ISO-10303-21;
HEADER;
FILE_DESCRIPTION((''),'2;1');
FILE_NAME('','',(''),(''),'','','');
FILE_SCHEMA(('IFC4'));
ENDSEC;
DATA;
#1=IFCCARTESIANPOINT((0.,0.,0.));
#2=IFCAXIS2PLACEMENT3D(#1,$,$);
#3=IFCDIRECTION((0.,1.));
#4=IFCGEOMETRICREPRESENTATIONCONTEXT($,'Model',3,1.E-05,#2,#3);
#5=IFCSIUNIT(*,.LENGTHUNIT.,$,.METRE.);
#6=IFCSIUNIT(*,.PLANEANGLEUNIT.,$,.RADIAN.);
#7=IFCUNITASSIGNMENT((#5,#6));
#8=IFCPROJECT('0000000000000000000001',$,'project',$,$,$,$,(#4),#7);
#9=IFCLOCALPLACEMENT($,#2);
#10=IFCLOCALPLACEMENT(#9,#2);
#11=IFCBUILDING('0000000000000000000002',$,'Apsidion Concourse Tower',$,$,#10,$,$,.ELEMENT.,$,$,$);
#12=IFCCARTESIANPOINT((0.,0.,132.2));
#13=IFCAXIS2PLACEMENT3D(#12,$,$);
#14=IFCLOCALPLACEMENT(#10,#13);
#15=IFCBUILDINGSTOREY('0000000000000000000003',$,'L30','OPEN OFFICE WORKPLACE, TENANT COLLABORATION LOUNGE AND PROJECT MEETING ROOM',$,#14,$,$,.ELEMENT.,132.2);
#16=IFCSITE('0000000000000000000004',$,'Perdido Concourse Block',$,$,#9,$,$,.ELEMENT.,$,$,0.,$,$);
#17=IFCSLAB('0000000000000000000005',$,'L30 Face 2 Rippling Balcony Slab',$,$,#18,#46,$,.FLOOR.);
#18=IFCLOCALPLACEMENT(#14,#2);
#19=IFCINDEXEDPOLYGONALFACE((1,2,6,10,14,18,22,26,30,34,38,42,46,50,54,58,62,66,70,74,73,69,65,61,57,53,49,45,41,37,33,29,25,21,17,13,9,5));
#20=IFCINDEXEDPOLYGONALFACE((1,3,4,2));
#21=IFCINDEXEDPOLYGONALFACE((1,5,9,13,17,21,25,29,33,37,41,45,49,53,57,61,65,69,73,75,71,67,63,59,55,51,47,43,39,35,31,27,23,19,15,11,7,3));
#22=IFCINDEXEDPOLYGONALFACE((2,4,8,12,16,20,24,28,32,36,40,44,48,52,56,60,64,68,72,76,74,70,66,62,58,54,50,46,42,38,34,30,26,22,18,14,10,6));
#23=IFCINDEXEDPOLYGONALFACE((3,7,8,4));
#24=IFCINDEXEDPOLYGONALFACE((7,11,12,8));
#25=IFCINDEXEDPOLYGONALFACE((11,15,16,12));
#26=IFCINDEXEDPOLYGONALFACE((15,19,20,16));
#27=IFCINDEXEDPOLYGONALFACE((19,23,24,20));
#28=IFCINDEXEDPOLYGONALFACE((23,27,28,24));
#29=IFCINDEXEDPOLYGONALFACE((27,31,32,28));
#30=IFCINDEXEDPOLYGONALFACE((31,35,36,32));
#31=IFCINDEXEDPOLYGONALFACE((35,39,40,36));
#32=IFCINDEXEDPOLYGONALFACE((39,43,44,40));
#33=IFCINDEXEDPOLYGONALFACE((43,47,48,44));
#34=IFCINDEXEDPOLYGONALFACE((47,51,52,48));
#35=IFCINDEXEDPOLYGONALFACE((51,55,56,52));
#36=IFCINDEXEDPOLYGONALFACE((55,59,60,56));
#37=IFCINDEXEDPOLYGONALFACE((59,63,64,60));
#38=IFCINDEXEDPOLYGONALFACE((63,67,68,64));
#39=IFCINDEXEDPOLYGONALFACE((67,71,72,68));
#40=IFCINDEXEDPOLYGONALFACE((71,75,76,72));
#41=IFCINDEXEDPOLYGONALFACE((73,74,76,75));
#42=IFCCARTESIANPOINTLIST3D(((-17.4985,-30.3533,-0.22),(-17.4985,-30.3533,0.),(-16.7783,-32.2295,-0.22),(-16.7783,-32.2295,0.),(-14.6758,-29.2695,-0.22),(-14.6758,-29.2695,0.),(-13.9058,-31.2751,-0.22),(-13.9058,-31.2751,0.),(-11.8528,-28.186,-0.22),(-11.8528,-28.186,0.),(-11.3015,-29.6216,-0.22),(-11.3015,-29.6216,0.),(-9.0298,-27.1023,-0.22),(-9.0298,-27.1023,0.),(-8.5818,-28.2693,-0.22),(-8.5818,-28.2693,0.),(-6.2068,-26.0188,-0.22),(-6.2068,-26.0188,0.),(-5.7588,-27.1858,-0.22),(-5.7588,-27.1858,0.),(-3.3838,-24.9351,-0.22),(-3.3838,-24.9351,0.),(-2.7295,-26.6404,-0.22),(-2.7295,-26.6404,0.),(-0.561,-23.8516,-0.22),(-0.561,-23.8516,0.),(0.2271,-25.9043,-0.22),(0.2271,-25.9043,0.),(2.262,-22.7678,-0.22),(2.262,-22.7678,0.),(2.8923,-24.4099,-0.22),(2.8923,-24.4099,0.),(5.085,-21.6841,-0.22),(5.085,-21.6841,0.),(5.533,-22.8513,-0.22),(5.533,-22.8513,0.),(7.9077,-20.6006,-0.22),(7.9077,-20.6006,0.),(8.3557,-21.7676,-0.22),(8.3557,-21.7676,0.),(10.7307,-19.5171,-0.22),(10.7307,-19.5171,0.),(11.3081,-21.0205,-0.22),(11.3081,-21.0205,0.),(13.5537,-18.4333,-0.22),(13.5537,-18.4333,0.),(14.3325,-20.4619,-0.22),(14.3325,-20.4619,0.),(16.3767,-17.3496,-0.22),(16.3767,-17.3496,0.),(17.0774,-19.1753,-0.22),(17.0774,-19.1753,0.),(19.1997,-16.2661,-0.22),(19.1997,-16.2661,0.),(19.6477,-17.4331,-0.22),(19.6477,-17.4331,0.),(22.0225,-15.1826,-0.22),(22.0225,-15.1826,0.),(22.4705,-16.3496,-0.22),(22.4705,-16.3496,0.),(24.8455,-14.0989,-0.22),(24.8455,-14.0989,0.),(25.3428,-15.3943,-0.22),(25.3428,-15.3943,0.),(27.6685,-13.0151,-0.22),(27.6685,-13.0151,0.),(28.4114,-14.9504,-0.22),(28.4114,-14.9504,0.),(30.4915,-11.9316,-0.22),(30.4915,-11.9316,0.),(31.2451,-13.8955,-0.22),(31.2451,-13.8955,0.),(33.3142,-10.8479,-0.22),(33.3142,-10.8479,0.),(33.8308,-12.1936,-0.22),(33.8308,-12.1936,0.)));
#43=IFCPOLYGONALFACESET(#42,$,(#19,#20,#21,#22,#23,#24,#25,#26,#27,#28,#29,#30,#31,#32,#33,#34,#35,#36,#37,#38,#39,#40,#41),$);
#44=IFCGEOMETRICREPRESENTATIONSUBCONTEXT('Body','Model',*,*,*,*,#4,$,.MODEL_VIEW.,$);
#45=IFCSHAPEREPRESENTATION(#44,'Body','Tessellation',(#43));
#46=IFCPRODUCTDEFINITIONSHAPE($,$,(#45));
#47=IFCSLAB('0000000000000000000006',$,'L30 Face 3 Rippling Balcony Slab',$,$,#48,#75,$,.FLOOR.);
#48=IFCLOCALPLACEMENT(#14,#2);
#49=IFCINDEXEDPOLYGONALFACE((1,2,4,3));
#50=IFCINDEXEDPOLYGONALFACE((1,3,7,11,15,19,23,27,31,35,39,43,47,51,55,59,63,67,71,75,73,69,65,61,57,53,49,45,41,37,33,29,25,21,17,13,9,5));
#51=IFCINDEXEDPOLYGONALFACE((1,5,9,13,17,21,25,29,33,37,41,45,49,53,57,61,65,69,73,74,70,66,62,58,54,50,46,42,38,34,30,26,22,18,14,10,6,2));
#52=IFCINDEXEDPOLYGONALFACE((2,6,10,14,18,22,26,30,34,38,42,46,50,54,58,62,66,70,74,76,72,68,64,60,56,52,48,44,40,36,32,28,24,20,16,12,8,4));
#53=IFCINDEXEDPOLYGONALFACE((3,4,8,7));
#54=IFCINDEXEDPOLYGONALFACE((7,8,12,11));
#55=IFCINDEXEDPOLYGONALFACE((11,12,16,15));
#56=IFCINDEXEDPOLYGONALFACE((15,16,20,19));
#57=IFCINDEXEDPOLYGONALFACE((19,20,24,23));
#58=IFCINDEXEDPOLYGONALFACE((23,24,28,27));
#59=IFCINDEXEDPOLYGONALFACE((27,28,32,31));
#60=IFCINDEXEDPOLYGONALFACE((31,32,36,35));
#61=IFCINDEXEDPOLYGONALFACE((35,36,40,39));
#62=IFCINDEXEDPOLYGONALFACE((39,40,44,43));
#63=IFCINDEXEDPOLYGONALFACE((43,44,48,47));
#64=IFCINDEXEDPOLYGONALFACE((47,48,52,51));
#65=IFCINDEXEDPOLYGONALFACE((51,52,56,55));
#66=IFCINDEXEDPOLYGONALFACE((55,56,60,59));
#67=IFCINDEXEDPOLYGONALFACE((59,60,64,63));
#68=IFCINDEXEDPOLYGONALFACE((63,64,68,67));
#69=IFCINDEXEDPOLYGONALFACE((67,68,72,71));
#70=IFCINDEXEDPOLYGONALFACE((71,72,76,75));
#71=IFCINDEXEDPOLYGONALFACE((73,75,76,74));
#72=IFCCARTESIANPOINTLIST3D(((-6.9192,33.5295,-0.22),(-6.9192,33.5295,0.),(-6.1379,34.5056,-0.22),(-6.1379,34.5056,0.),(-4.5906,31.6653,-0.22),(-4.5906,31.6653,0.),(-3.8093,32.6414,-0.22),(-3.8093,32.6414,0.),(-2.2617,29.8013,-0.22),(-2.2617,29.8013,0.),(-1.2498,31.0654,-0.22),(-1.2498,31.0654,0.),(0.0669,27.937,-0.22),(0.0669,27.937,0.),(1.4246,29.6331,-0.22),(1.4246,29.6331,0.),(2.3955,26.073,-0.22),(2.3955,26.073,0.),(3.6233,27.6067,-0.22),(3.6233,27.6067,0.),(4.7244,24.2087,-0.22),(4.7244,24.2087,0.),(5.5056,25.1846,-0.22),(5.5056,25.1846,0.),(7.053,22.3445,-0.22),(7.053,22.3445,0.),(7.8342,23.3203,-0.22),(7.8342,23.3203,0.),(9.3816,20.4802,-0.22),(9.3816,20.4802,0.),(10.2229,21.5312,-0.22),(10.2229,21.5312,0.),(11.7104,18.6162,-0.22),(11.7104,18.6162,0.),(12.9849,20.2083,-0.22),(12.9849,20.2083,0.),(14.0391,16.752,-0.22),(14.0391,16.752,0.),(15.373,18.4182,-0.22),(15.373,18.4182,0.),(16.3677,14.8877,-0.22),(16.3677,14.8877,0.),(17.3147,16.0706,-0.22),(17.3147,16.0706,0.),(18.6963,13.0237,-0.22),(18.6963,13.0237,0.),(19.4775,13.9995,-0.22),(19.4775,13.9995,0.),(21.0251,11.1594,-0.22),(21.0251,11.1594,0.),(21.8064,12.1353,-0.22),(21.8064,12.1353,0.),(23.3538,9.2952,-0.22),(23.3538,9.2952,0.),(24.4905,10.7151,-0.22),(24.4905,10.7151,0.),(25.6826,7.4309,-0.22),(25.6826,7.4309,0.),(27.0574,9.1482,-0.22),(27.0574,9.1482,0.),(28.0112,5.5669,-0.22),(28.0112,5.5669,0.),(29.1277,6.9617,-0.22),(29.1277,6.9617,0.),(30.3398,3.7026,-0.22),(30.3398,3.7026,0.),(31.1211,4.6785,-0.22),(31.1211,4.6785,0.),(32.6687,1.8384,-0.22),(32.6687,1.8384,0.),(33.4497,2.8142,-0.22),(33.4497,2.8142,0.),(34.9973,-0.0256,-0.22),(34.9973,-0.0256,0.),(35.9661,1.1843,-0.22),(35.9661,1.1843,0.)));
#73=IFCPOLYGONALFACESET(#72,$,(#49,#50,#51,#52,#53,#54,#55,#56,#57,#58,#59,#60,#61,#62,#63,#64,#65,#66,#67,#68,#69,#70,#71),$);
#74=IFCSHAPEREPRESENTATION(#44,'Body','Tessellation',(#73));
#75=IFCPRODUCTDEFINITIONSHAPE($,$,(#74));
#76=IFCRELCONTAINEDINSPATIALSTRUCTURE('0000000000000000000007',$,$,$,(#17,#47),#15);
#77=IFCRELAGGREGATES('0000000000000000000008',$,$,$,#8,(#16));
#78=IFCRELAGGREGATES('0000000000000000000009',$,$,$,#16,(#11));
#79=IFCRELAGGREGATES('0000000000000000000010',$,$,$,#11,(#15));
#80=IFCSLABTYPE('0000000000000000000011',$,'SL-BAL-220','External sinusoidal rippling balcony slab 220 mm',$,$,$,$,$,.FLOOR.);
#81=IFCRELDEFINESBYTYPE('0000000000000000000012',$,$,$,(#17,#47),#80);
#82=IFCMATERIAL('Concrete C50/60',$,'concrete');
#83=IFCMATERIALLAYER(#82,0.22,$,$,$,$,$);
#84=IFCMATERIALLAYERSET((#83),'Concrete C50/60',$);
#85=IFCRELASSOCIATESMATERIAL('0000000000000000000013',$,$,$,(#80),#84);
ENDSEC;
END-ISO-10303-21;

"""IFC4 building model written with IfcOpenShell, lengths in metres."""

from ifc_helpers import new_model, si_unit, direction, frame, origin, place, context, subcontext, project, spatial, polyline, outline, extrude, material, layer, layer_set, type_object, element, save


model = new_model("IFC4")

# Units and contexts
model_context = context("Model", 3, precision=1e-05, world=origin(), true_north=direction((0.0, 1.0)))
body_context = subcontext(model_context, "Body", "Model", "MODEL_VIEW")
ifc_project = project(units=[si_unit("LENGTHUNIT", "METRE"), si_unit("PLANEANGLEUNIT", "RADIAN")], contexts=[model_context])

# Site, building, storey
site_placement = place(None, origin())
site = spatial("IfcSite", under=ifc_project, at=site_placement, Name="Perdido Concourse Block", CompositionType="ELEMENT", RefElevation=0.0)
building_placement = place(site_placement, origin())
building = spatial("IfcBuilding", under=site, at=building_placement, Name="Apsidion Concourse Tower", CompositionType="ELEMENT")
storey_placement = place(building_placement, frame((0.0, 0.0, 132.2)))
storey = spatial("IfcBuildingStorey", under=building, at=storey_placement, Name="L30", Description="OPEN OFFICE WORKPLACE, TENANT COLLABORATION LOUNGE AND PROJECT MEETING ROOM", CompositionType="ELEMENT", Elevation=132.2)

# Shared definitions
ifc_material_1 = material(Name="Concrete C50/60", Category="concrete")

# Slabs
ifc_layer_1 = layer(ifc_material_1, 0.22)
ifc_layer_set_1 = layer_set([ifc_layer_1], Name="Concrete C50/60")
slab_type_1 = type_object("IfcSlabType", Name="SL-BAL-220", Description="External sinusoidal rippling balcony slab 220 mm", PredefinedType="FLOOR", material=ifc_layer_set_1)
slab_1_placement = place(storey_placement, frame((0.0, 0.0, -0.22)))
element("IfcSlab", 1, at=slab_1_placement, inside=storey, type_object=slab_type_1, Name="L30 Face 2 Rippling Balcony Slab", PredefinedType="FLOOR", context=body_context, shape_type="SweptSolid", body=[
    extrude(outline(polyline([(-17.4985, -30.3533), (-14.6758, -29.2695), (-11.8528, -28.186), (-9.0298, -27.1023), (-6.2068, -26.0188), (-3.3838, -24.9351), (-0.561, -23.8516), (2.262, -22.7678), (5.085, -21.6841), (7.9077, -20.6006), (10.7307, -19.5171), (13.5537, -18.4333), (16.3767, -17.3496), (19.1997, -16.2661), (22.0225, -15.1826), (24.8455, -14.0989), (27.6685, -13.0151), (30.4915, -11.9316), (33.3142, -10.8479), (33.8308, -12.1936), (31.2451, -13.8955), (28.4114, -14.9504), (25.3428, -15.3943), (22.4705, -16.3496), (19.6477, -17.4331), (17.0774, -19.1753), (14.3325, -20.4619), (11.3081, -21.0205), (8.3557, -21.7676), (5.533, -22.8513), (2.8923, -24.4099), (0.2271, -25.9043), (-2.7295, -26.6404), (-5.7588, -27.1858), (-8.5818, -28.2693), (-11.3015, -29.6216), (-13.9058, -31.2751), (-16.7783, -32.2295), (-17.4985, -30.3533)])), origin(), (0.0, 0.0, 1.0), 0.22),
])
slab_2_placement = place(storey_placement, frame((0.0, 0.0, -0.22)))
element("IfcSlab", 2, at=slab_2_placement, inside=storey, type_object=slab_type_1, Name="L30 Face 3 Rippling Balcony Slab", PredefinedType="FLOOR", context=body_context, shape_type="SweptSolid", body=[
    extrude(outline(polyline([(34.9973, -0.0256), (32.6687, 1.8384), (30.3398, 3.7026), (28.0112, 5.5669), (25.6826, 7.4309), (23.3538, 9.2952), (21.0251, 11.1594), (18.6963, 13.0237), (16.3677, 14.8877), (14.0391, 16.752), (11.7104, 18.6162), (9.3816, 20.4802), (7.053, 22.3445), (4.7244, 24.2087), (2.3955, 26.073), (0.0669, 27.937), (-2.2617, 29.8013), (-4.5906, 31.6653), (-6.9192, 33.5295), (-6.1379, 34.5056), (-3.8093, 32.6414), (-1.2498, 31.0654), (1.4246, 29.6331), (3.6233, 27.6067), (5.5056, 25.1846), (7.8342, 23.3203), (10.2229, 21.5312), (12.9849, 20.2083), (15.373, 18.4182), (17.3147, 16.0706), (19.4775, 13.9995), (21.8064, 12.1353), (24.4905, 10.7151), (27.0574, 9.1482), (29.1277, 6.9617), (31.1211, 4.6785), (33.4497, 2.8142), (35.9661, 1.1843), (34.9973, -0.0256)])), origin(), (0.0, 0.0, 1.0), 0.22),
])

save(model, "model.ifc")
